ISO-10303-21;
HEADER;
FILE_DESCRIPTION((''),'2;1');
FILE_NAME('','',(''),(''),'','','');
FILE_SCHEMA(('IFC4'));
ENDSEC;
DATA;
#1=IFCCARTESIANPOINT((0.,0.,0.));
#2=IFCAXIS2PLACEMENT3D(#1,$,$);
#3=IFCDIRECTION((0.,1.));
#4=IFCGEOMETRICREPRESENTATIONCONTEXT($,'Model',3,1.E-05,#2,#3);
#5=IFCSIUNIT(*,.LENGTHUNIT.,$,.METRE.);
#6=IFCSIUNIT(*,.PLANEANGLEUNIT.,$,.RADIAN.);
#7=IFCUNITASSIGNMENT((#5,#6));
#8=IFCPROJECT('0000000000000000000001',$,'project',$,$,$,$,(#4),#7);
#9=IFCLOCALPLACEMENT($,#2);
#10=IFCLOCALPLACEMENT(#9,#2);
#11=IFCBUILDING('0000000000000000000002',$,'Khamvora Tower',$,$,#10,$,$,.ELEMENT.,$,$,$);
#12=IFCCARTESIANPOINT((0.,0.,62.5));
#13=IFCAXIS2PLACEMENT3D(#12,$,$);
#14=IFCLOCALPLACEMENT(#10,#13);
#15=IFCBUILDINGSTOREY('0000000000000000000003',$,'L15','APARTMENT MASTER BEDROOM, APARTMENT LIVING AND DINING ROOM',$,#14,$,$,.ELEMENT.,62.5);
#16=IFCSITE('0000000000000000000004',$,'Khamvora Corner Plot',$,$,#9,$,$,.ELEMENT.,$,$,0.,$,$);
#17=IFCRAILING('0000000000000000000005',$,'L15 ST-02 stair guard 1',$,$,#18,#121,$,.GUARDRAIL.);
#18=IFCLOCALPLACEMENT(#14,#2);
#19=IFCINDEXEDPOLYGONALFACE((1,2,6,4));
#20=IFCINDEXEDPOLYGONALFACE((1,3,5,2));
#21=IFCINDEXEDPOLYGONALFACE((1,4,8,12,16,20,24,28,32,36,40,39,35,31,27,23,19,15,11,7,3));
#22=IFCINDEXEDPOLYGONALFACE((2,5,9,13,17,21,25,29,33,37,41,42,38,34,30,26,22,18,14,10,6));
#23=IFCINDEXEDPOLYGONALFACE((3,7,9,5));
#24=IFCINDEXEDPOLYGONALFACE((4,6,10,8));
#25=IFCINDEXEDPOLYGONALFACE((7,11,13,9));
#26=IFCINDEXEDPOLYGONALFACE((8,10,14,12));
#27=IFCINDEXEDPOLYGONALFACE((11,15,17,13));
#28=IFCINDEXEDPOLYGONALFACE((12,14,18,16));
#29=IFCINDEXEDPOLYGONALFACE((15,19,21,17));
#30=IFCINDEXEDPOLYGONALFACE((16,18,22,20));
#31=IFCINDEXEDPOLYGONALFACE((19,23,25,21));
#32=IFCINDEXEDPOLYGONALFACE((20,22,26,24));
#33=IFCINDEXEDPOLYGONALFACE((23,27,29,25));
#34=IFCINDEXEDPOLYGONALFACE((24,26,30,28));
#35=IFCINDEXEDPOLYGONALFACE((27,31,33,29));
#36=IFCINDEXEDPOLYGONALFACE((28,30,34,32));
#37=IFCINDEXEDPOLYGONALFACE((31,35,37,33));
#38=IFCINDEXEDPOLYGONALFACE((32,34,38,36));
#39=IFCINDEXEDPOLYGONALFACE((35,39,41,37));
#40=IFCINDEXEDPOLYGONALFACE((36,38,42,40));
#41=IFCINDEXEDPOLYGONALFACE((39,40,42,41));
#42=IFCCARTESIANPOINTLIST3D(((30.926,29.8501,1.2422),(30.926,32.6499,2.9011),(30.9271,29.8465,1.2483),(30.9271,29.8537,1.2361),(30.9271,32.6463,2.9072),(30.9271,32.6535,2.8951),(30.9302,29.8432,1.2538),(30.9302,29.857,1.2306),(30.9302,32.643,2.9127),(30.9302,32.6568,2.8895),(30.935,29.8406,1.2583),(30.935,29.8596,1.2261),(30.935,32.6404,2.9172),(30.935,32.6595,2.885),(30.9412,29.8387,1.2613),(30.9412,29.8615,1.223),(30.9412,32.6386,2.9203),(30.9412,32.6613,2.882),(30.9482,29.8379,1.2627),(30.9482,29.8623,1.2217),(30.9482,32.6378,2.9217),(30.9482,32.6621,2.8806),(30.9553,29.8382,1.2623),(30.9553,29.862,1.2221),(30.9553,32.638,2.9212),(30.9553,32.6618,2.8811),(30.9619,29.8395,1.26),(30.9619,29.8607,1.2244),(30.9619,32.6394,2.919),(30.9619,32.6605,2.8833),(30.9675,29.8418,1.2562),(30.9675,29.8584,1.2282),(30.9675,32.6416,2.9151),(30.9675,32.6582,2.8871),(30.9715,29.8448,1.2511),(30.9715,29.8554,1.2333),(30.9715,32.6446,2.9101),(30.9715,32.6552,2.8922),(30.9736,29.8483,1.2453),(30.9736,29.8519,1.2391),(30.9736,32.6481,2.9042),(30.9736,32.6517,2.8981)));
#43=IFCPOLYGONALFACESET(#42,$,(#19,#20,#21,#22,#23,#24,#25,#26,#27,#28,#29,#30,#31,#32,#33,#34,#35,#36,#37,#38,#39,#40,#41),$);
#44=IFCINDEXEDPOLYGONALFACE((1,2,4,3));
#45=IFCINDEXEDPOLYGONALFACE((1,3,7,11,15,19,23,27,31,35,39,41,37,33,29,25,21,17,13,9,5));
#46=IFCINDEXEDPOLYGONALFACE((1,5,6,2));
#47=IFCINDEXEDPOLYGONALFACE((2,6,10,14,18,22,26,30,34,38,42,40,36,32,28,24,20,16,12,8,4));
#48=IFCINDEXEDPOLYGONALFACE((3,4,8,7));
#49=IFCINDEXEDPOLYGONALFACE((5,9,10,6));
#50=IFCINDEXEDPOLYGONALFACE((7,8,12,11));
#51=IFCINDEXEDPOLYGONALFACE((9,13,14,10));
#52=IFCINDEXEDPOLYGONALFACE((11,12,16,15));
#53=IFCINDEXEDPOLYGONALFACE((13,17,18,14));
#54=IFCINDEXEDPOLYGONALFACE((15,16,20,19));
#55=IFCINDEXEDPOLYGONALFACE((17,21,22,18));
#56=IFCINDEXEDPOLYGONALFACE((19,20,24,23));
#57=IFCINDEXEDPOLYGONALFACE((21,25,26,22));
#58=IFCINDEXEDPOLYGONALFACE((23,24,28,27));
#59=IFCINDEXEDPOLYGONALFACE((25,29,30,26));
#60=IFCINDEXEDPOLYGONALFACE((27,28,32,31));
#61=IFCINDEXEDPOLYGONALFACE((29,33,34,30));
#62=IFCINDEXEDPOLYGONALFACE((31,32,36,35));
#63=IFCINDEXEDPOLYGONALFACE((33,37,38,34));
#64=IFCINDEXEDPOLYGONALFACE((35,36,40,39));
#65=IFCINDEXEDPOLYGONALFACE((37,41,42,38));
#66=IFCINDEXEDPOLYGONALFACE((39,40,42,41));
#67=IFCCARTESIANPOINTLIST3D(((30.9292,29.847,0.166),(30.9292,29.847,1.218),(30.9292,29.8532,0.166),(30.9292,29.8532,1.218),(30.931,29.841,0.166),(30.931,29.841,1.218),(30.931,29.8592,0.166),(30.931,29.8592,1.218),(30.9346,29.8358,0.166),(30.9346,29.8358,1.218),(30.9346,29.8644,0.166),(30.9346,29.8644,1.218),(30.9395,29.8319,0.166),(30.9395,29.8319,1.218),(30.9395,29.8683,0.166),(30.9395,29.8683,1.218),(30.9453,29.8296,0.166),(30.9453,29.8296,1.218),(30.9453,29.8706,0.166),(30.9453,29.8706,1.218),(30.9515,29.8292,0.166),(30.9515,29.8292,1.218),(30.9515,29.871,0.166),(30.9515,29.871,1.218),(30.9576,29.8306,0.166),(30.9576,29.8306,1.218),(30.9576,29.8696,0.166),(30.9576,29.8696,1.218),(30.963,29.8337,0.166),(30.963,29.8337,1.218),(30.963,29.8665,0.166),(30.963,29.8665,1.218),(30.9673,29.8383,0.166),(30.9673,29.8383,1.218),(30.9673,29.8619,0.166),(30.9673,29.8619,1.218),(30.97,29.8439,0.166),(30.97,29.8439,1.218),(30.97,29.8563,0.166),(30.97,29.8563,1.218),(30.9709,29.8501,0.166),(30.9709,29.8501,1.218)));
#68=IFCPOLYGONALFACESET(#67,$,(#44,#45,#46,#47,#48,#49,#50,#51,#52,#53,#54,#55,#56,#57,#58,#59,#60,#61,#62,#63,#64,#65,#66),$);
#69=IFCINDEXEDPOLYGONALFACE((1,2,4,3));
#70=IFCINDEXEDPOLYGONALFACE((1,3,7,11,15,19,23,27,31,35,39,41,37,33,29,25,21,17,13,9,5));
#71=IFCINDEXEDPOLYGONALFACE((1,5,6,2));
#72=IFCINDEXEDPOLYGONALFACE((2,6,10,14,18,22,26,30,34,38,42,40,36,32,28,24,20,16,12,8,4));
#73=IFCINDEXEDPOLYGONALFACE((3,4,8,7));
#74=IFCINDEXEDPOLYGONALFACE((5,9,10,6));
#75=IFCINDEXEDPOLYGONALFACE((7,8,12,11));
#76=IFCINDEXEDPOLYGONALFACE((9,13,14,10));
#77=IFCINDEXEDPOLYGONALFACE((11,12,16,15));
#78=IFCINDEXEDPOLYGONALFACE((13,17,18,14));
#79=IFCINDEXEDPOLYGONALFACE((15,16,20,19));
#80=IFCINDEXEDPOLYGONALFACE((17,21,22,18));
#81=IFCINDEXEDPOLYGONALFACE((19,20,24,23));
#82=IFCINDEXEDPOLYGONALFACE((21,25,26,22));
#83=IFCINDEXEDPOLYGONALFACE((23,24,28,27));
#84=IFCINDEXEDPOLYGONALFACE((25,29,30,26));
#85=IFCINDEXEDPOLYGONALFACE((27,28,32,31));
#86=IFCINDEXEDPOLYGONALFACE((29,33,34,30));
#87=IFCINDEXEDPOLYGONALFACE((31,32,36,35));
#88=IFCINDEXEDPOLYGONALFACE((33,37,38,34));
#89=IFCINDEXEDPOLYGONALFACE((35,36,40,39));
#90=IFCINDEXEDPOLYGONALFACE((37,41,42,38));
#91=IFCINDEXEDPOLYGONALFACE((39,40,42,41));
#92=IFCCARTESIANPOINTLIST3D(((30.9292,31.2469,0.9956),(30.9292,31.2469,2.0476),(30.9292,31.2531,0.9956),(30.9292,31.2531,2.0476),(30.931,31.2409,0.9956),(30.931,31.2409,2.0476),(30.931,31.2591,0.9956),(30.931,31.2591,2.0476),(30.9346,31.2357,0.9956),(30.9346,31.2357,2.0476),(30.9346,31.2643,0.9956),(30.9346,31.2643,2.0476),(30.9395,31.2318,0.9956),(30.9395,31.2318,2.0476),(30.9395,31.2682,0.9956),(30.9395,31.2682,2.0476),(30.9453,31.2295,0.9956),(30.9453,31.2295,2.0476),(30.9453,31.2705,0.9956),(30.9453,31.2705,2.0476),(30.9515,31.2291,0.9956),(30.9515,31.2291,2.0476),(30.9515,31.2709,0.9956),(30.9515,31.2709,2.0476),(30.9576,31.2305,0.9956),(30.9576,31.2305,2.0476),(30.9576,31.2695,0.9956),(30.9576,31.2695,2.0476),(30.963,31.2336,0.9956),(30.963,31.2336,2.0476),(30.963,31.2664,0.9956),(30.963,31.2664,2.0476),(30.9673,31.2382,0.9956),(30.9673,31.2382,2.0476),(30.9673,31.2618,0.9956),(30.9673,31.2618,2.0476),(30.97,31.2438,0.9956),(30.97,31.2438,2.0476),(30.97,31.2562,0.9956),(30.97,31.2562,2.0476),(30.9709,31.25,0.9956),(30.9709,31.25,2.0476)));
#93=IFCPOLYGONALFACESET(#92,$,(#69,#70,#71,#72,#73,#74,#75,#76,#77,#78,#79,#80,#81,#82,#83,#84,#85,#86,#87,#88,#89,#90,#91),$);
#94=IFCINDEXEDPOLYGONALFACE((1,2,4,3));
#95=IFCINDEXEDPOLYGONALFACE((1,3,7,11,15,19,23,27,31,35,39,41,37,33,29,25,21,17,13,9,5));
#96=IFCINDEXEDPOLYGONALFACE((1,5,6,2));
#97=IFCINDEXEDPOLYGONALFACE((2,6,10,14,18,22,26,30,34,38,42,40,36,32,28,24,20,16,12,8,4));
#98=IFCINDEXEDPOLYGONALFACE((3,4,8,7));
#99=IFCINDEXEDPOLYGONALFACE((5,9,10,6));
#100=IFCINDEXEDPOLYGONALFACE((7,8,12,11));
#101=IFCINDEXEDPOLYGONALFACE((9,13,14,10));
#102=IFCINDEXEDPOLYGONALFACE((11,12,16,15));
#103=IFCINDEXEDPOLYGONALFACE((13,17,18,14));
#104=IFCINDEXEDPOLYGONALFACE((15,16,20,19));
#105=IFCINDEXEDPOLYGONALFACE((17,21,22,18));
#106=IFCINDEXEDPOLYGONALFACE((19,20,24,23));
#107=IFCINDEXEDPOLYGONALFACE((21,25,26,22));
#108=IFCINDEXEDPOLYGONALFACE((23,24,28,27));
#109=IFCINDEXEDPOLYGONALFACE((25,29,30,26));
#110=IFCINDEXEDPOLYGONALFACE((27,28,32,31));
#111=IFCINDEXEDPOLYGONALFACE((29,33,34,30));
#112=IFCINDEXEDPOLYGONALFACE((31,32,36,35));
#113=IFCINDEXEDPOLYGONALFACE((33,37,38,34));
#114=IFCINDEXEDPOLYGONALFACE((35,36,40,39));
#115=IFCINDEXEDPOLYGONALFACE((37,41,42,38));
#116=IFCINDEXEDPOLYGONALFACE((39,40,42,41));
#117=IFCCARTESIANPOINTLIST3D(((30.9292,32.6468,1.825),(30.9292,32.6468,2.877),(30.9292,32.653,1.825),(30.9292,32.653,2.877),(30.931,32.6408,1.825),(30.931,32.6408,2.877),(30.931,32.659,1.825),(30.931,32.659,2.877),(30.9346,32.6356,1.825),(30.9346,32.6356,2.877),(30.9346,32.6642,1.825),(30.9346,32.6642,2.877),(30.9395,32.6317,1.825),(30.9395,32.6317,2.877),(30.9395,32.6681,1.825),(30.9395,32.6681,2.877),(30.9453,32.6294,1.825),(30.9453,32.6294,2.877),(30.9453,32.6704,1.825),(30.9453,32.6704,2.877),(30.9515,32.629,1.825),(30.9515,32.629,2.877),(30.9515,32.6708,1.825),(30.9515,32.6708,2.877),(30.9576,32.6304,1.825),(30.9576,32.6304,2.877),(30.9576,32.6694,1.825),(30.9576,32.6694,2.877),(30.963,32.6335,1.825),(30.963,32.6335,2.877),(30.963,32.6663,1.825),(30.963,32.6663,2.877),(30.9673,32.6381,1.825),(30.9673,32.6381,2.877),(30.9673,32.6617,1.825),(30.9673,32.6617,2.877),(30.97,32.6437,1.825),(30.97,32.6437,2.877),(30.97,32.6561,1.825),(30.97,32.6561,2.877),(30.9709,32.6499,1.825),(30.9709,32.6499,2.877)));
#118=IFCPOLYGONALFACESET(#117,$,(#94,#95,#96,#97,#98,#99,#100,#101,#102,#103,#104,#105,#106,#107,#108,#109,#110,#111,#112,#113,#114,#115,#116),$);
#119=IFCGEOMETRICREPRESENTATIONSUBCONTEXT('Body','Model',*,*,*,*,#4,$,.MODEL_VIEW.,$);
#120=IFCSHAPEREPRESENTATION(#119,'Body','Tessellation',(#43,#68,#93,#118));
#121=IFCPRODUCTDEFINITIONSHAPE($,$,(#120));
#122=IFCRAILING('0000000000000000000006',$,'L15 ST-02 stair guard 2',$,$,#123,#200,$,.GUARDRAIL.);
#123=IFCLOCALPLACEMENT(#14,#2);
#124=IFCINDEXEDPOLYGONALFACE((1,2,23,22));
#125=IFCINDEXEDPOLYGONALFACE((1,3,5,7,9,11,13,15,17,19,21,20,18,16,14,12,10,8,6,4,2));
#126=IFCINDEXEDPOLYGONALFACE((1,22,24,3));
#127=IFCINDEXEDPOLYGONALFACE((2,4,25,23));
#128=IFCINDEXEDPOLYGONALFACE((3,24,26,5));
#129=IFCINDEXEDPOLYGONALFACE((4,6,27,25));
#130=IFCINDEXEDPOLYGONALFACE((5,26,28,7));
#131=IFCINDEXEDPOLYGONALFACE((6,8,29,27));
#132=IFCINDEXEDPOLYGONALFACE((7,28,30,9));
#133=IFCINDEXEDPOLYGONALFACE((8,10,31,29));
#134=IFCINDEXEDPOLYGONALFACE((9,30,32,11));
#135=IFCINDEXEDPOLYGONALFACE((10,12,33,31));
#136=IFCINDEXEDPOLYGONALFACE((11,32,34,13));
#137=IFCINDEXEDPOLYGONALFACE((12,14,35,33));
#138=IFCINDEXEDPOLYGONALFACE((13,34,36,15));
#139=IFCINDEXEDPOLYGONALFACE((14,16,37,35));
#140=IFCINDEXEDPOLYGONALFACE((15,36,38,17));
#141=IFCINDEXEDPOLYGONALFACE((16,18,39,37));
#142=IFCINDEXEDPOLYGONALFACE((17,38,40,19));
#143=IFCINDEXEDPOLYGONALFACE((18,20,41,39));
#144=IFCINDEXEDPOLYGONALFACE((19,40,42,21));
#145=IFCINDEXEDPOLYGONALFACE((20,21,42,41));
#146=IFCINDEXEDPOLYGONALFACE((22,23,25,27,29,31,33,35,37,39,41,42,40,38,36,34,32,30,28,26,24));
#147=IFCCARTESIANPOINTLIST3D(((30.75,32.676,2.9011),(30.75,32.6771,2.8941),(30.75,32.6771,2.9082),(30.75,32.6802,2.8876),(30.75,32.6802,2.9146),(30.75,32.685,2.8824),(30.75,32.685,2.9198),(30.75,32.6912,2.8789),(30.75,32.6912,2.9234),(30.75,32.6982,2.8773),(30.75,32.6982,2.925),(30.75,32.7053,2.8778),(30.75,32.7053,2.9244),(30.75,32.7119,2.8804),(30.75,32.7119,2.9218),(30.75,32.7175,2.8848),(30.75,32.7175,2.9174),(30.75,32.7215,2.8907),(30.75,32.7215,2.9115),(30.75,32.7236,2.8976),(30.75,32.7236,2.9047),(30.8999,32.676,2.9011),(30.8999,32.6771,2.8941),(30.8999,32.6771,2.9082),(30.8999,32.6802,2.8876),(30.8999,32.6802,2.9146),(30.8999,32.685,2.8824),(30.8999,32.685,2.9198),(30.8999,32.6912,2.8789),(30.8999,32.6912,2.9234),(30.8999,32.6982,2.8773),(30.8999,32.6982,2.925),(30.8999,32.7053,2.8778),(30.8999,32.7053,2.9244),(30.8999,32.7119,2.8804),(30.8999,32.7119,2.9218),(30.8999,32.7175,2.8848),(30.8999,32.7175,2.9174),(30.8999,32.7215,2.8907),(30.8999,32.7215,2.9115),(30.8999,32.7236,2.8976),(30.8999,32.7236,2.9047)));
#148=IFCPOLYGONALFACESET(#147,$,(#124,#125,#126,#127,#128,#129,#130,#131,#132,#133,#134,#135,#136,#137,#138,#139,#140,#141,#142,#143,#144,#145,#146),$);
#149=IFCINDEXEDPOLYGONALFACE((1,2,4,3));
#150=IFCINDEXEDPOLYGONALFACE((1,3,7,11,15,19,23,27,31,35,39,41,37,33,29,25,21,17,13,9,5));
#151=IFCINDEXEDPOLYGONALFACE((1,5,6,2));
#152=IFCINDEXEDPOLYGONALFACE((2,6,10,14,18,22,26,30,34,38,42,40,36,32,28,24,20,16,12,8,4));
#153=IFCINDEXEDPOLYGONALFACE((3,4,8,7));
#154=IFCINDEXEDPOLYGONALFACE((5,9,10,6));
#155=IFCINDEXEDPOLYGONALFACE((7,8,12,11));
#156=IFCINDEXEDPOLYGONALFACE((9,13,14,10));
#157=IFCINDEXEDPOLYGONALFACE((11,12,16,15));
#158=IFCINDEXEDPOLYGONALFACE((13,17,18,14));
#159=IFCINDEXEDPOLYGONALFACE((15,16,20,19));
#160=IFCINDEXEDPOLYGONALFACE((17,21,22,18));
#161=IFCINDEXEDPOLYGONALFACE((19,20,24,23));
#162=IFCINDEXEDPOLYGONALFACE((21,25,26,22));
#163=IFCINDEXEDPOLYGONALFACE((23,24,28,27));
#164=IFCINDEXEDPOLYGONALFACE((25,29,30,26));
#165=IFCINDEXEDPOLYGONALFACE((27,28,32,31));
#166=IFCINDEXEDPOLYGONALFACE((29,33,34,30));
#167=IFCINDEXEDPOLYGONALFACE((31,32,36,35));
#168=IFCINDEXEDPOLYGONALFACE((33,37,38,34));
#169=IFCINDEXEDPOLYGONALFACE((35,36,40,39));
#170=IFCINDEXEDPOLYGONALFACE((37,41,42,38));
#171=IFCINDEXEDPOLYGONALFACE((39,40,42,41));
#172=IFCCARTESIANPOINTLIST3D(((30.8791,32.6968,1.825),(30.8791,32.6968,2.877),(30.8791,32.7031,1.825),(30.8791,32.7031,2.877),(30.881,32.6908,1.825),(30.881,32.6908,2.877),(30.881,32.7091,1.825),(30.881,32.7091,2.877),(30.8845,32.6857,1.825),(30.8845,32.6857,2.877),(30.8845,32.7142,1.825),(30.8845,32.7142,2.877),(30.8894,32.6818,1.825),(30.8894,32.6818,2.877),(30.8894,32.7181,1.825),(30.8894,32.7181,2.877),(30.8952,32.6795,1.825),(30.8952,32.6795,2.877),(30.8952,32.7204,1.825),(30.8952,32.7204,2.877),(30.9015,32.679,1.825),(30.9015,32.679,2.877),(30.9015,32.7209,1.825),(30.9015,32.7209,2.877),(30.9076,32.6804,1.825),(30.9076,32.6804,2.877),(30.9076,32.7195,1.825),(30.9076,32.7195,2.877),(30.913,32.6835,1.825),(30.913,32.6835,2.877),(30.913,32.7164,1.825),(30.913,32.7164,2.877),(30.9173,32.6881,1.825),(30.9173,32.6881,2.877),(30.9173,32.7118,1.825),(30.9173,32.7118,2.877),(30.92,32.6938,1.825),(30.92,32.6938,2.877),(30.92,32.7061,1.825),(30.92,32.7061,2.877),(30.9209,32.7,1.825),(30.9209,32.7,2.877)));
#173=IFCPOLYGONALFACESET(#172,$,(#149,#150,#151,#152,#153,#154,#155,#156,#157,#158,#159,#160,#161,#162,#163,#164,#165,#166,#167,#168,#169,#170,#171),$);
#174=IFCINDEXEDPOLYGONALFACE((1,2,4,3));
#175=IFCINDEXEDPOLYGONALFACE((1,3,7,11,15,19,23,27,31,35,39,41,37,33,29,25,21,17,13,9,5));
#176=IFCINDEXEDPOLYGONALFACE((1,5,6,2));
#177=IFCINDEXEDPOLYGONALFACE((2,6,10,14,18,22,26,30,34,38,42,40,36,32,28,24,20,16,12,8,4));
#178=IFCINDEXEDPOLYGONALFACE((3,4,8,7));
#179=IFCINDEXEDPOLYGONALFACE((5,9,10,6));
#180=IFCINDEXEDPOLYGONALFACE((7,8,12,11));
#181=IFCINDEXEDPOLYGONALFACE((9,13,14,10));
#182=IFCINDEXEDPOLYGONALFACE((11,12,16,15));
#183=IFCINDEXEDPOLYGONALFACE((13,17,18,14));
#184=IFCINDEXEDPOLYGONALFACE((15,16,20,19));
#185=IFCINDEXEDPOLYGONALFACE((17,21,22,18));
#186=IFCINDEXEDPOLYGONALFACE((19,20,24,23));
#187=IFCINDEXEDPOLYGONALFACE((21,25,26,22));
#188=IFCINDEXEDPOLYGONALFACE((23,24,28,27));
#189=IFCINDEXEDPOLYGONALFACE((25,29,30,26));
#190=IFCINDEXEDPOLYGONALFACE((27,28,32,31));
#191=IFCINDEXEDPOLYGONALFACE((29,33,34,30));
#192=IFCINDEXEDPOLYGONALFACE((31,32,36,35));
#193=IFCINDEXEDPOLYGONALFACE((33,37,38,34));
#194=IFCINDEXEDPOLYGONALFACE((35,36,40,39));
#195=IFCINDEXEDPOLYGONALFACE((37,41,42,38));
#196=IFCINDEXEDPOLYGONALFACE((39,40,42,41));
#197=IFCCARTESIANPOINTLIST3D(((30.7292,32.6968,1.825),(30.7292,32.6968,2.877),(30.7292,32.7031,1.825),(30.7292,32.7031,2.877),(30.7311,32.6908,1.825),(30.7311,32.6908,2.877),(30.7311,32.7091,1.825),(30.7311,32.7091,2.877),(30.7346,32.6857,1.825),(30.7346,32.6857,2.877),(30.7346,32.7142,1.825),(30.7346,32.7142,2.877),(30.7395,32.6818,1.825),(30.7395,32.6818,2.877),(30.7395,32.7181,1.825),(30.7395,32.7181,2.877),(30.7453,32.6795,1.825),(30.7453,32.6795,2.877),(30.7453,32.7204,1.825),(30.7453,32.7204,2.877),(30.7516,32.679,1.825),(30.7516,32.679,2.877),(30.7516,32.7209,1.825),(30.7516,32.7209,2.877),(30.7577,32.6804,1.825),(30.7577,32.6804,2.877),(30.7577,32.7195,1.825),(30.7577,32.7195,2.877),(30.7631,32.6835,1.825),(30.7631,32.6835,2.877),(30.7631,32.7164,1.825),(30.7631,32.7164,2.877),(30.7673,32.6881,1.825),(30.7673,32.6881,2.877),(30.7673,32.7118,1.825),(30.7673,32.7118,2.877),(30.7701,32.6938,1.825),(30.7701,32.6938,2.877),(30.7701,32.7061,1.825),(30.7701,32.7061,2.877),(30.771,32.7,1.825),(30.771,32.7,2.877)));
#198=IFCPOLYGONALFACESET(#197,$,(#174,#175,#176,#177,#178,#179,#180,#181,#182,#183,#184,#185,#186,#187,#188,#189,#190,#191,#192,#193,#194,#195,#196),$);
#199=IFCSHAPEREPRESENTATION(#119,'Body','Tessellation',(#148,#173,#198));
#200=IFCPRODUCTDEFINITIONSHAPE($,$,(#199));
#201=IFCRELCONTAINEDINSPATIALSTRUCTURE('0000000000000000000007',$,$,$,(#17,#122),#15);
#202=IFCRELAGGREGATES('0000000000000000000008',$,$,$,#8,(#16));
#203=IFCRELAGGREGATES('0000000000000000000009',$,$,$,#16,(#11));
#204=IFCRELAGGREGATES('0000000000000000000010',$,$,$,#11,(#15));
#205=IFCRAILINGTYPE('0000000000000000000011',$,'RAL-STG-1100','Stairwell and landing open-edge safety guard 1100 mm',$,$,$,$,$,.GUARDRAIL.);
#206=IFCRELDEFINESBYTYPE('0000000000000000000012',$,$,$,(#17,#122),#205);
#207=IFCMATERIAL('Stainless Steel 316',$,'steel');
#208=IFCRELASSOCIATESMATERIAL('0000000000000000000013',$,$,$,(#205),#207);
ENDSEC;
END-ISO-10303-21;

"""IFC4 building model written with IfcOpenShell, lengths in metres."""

from ifc_helpers import new_model, si_unit, direction, frame, origin, origin_2d, place, context, subcontext, project, spatial, circle, extrude, material, type_object, element, save


model = new_model("IFC4")

# Units and contexts
model_context = context("Model", 3, precision=1e-05, world=origin(), true_north=direction((0.0, 1.0)))
body_context = subcontext(model_context, "Body", "Model", "MODEL_VIEW")
ifc_project = project(units=[si_unit("LENGTHUNIT", "METRE"), si_unit("PLANEANGLEUNIT", "RADIAN")], contexts=[model_context])

# Site, building, storey
site_placement = place(None, origin())
site = spatial("IfcSite", under=ifc_project, at=site_placement, Name="Khamvora Corner Plot", CompositionType="ELEMENT", RefElevation=0.0)
building_placement = place(site_placement, origin())
building = spatial("IfcBuilding", under=site, at=building_placement, Name="Khamvora Tower", CompositionType="ELEMENT")
storey_placement = place(building_placement, frame((0.0, 0.0, 62.5)))
storey = spatial("IfcBuildingStorey", under=building, at=storey_placement, Name="L15", Description="APARTMENT MASTER BEDROOM, APARTMENT LIVING AND DINING ROOM", CompositionType="ELEMENT", Elevation=62.5)

# Railings
ifc_material_1 = material(Name="Stainless Steel 316", Category="steel")
railing_type_1 = type_object("IfcRailingType", Name="RAL-STG-1100", Description="Stairwell and landing open-edge safety guard 1100 mm", PredefinedType="GUARDRAIL", material=ifc_material_1)
railing_1_placement = place(storey_placement, frame((30.95, 29.8501, 0.166)))
element("IfcRailing", 1, at=railing_1_placement, inside=storey, type_object=railing_type_1, Name="L15 ST-02 stair guard 1", PredefinedType="GUARDRAIL", context=body_context, shape_type="SweptSolid", body=[
    extrude(circle(Radius=0.0239, at=origin_2d()), frame((0.0, 0.0, 1.0762), z_axis=(0.0, 0.86032, 0.509755), x_axis=(-1.0, 0.0, 0.0)), (0.0, 0.0, 1.0), 3.2544),
    extrude(circle(Radius=0.021, at=origin_2d()), origin(), (0.0, 0.0, 1.0), 1.052),
    extrude(circle(Radius=0.021, at=origin_2d()), frame((0.0, 1.3999, 0.8296)), (0.0, 0.0, 1.0), 1.052),
    extrude(circle(Radius=0.021, at=origin_2d()), frame((0.0, 2.7998, 1.6589)), (0.0, 0.0, 1.0), 1.052),
])
railing_2_placement = place(storey_placement, frame((30.8999, 32.7, 1.825)))
element("IfcRailing", 2, at=railing_2_placement, inside=storey, type_object=railing_type_1, Name="L15 ST-02 stair guard 2", PredefinedType="GUARDRAIL", context=body_context, shape_type="SweptSolid", body=[
    extrude(circle(Radius=0.0239, at=origin_2d()), frame((0.0, 0.0, 1.0762), z_axis=(-1.0, 0.0, 0.0), x_axis=(0.0, -1.0, 0.0)), (0.0, 0.0, 1.0), 0.1499),
    extrude(circle(Radius=0.021, at=origin_2d()), origin(), (0.0, 0.0, 1.0), 1.052),
    extrude(circle(Radius=0.021, at=origin_2d()), frame((-0.1499, 0.0, 0.0)), (0.0, 0.0, 1.0), 1.052),
])

save(model, "model.ifc")
